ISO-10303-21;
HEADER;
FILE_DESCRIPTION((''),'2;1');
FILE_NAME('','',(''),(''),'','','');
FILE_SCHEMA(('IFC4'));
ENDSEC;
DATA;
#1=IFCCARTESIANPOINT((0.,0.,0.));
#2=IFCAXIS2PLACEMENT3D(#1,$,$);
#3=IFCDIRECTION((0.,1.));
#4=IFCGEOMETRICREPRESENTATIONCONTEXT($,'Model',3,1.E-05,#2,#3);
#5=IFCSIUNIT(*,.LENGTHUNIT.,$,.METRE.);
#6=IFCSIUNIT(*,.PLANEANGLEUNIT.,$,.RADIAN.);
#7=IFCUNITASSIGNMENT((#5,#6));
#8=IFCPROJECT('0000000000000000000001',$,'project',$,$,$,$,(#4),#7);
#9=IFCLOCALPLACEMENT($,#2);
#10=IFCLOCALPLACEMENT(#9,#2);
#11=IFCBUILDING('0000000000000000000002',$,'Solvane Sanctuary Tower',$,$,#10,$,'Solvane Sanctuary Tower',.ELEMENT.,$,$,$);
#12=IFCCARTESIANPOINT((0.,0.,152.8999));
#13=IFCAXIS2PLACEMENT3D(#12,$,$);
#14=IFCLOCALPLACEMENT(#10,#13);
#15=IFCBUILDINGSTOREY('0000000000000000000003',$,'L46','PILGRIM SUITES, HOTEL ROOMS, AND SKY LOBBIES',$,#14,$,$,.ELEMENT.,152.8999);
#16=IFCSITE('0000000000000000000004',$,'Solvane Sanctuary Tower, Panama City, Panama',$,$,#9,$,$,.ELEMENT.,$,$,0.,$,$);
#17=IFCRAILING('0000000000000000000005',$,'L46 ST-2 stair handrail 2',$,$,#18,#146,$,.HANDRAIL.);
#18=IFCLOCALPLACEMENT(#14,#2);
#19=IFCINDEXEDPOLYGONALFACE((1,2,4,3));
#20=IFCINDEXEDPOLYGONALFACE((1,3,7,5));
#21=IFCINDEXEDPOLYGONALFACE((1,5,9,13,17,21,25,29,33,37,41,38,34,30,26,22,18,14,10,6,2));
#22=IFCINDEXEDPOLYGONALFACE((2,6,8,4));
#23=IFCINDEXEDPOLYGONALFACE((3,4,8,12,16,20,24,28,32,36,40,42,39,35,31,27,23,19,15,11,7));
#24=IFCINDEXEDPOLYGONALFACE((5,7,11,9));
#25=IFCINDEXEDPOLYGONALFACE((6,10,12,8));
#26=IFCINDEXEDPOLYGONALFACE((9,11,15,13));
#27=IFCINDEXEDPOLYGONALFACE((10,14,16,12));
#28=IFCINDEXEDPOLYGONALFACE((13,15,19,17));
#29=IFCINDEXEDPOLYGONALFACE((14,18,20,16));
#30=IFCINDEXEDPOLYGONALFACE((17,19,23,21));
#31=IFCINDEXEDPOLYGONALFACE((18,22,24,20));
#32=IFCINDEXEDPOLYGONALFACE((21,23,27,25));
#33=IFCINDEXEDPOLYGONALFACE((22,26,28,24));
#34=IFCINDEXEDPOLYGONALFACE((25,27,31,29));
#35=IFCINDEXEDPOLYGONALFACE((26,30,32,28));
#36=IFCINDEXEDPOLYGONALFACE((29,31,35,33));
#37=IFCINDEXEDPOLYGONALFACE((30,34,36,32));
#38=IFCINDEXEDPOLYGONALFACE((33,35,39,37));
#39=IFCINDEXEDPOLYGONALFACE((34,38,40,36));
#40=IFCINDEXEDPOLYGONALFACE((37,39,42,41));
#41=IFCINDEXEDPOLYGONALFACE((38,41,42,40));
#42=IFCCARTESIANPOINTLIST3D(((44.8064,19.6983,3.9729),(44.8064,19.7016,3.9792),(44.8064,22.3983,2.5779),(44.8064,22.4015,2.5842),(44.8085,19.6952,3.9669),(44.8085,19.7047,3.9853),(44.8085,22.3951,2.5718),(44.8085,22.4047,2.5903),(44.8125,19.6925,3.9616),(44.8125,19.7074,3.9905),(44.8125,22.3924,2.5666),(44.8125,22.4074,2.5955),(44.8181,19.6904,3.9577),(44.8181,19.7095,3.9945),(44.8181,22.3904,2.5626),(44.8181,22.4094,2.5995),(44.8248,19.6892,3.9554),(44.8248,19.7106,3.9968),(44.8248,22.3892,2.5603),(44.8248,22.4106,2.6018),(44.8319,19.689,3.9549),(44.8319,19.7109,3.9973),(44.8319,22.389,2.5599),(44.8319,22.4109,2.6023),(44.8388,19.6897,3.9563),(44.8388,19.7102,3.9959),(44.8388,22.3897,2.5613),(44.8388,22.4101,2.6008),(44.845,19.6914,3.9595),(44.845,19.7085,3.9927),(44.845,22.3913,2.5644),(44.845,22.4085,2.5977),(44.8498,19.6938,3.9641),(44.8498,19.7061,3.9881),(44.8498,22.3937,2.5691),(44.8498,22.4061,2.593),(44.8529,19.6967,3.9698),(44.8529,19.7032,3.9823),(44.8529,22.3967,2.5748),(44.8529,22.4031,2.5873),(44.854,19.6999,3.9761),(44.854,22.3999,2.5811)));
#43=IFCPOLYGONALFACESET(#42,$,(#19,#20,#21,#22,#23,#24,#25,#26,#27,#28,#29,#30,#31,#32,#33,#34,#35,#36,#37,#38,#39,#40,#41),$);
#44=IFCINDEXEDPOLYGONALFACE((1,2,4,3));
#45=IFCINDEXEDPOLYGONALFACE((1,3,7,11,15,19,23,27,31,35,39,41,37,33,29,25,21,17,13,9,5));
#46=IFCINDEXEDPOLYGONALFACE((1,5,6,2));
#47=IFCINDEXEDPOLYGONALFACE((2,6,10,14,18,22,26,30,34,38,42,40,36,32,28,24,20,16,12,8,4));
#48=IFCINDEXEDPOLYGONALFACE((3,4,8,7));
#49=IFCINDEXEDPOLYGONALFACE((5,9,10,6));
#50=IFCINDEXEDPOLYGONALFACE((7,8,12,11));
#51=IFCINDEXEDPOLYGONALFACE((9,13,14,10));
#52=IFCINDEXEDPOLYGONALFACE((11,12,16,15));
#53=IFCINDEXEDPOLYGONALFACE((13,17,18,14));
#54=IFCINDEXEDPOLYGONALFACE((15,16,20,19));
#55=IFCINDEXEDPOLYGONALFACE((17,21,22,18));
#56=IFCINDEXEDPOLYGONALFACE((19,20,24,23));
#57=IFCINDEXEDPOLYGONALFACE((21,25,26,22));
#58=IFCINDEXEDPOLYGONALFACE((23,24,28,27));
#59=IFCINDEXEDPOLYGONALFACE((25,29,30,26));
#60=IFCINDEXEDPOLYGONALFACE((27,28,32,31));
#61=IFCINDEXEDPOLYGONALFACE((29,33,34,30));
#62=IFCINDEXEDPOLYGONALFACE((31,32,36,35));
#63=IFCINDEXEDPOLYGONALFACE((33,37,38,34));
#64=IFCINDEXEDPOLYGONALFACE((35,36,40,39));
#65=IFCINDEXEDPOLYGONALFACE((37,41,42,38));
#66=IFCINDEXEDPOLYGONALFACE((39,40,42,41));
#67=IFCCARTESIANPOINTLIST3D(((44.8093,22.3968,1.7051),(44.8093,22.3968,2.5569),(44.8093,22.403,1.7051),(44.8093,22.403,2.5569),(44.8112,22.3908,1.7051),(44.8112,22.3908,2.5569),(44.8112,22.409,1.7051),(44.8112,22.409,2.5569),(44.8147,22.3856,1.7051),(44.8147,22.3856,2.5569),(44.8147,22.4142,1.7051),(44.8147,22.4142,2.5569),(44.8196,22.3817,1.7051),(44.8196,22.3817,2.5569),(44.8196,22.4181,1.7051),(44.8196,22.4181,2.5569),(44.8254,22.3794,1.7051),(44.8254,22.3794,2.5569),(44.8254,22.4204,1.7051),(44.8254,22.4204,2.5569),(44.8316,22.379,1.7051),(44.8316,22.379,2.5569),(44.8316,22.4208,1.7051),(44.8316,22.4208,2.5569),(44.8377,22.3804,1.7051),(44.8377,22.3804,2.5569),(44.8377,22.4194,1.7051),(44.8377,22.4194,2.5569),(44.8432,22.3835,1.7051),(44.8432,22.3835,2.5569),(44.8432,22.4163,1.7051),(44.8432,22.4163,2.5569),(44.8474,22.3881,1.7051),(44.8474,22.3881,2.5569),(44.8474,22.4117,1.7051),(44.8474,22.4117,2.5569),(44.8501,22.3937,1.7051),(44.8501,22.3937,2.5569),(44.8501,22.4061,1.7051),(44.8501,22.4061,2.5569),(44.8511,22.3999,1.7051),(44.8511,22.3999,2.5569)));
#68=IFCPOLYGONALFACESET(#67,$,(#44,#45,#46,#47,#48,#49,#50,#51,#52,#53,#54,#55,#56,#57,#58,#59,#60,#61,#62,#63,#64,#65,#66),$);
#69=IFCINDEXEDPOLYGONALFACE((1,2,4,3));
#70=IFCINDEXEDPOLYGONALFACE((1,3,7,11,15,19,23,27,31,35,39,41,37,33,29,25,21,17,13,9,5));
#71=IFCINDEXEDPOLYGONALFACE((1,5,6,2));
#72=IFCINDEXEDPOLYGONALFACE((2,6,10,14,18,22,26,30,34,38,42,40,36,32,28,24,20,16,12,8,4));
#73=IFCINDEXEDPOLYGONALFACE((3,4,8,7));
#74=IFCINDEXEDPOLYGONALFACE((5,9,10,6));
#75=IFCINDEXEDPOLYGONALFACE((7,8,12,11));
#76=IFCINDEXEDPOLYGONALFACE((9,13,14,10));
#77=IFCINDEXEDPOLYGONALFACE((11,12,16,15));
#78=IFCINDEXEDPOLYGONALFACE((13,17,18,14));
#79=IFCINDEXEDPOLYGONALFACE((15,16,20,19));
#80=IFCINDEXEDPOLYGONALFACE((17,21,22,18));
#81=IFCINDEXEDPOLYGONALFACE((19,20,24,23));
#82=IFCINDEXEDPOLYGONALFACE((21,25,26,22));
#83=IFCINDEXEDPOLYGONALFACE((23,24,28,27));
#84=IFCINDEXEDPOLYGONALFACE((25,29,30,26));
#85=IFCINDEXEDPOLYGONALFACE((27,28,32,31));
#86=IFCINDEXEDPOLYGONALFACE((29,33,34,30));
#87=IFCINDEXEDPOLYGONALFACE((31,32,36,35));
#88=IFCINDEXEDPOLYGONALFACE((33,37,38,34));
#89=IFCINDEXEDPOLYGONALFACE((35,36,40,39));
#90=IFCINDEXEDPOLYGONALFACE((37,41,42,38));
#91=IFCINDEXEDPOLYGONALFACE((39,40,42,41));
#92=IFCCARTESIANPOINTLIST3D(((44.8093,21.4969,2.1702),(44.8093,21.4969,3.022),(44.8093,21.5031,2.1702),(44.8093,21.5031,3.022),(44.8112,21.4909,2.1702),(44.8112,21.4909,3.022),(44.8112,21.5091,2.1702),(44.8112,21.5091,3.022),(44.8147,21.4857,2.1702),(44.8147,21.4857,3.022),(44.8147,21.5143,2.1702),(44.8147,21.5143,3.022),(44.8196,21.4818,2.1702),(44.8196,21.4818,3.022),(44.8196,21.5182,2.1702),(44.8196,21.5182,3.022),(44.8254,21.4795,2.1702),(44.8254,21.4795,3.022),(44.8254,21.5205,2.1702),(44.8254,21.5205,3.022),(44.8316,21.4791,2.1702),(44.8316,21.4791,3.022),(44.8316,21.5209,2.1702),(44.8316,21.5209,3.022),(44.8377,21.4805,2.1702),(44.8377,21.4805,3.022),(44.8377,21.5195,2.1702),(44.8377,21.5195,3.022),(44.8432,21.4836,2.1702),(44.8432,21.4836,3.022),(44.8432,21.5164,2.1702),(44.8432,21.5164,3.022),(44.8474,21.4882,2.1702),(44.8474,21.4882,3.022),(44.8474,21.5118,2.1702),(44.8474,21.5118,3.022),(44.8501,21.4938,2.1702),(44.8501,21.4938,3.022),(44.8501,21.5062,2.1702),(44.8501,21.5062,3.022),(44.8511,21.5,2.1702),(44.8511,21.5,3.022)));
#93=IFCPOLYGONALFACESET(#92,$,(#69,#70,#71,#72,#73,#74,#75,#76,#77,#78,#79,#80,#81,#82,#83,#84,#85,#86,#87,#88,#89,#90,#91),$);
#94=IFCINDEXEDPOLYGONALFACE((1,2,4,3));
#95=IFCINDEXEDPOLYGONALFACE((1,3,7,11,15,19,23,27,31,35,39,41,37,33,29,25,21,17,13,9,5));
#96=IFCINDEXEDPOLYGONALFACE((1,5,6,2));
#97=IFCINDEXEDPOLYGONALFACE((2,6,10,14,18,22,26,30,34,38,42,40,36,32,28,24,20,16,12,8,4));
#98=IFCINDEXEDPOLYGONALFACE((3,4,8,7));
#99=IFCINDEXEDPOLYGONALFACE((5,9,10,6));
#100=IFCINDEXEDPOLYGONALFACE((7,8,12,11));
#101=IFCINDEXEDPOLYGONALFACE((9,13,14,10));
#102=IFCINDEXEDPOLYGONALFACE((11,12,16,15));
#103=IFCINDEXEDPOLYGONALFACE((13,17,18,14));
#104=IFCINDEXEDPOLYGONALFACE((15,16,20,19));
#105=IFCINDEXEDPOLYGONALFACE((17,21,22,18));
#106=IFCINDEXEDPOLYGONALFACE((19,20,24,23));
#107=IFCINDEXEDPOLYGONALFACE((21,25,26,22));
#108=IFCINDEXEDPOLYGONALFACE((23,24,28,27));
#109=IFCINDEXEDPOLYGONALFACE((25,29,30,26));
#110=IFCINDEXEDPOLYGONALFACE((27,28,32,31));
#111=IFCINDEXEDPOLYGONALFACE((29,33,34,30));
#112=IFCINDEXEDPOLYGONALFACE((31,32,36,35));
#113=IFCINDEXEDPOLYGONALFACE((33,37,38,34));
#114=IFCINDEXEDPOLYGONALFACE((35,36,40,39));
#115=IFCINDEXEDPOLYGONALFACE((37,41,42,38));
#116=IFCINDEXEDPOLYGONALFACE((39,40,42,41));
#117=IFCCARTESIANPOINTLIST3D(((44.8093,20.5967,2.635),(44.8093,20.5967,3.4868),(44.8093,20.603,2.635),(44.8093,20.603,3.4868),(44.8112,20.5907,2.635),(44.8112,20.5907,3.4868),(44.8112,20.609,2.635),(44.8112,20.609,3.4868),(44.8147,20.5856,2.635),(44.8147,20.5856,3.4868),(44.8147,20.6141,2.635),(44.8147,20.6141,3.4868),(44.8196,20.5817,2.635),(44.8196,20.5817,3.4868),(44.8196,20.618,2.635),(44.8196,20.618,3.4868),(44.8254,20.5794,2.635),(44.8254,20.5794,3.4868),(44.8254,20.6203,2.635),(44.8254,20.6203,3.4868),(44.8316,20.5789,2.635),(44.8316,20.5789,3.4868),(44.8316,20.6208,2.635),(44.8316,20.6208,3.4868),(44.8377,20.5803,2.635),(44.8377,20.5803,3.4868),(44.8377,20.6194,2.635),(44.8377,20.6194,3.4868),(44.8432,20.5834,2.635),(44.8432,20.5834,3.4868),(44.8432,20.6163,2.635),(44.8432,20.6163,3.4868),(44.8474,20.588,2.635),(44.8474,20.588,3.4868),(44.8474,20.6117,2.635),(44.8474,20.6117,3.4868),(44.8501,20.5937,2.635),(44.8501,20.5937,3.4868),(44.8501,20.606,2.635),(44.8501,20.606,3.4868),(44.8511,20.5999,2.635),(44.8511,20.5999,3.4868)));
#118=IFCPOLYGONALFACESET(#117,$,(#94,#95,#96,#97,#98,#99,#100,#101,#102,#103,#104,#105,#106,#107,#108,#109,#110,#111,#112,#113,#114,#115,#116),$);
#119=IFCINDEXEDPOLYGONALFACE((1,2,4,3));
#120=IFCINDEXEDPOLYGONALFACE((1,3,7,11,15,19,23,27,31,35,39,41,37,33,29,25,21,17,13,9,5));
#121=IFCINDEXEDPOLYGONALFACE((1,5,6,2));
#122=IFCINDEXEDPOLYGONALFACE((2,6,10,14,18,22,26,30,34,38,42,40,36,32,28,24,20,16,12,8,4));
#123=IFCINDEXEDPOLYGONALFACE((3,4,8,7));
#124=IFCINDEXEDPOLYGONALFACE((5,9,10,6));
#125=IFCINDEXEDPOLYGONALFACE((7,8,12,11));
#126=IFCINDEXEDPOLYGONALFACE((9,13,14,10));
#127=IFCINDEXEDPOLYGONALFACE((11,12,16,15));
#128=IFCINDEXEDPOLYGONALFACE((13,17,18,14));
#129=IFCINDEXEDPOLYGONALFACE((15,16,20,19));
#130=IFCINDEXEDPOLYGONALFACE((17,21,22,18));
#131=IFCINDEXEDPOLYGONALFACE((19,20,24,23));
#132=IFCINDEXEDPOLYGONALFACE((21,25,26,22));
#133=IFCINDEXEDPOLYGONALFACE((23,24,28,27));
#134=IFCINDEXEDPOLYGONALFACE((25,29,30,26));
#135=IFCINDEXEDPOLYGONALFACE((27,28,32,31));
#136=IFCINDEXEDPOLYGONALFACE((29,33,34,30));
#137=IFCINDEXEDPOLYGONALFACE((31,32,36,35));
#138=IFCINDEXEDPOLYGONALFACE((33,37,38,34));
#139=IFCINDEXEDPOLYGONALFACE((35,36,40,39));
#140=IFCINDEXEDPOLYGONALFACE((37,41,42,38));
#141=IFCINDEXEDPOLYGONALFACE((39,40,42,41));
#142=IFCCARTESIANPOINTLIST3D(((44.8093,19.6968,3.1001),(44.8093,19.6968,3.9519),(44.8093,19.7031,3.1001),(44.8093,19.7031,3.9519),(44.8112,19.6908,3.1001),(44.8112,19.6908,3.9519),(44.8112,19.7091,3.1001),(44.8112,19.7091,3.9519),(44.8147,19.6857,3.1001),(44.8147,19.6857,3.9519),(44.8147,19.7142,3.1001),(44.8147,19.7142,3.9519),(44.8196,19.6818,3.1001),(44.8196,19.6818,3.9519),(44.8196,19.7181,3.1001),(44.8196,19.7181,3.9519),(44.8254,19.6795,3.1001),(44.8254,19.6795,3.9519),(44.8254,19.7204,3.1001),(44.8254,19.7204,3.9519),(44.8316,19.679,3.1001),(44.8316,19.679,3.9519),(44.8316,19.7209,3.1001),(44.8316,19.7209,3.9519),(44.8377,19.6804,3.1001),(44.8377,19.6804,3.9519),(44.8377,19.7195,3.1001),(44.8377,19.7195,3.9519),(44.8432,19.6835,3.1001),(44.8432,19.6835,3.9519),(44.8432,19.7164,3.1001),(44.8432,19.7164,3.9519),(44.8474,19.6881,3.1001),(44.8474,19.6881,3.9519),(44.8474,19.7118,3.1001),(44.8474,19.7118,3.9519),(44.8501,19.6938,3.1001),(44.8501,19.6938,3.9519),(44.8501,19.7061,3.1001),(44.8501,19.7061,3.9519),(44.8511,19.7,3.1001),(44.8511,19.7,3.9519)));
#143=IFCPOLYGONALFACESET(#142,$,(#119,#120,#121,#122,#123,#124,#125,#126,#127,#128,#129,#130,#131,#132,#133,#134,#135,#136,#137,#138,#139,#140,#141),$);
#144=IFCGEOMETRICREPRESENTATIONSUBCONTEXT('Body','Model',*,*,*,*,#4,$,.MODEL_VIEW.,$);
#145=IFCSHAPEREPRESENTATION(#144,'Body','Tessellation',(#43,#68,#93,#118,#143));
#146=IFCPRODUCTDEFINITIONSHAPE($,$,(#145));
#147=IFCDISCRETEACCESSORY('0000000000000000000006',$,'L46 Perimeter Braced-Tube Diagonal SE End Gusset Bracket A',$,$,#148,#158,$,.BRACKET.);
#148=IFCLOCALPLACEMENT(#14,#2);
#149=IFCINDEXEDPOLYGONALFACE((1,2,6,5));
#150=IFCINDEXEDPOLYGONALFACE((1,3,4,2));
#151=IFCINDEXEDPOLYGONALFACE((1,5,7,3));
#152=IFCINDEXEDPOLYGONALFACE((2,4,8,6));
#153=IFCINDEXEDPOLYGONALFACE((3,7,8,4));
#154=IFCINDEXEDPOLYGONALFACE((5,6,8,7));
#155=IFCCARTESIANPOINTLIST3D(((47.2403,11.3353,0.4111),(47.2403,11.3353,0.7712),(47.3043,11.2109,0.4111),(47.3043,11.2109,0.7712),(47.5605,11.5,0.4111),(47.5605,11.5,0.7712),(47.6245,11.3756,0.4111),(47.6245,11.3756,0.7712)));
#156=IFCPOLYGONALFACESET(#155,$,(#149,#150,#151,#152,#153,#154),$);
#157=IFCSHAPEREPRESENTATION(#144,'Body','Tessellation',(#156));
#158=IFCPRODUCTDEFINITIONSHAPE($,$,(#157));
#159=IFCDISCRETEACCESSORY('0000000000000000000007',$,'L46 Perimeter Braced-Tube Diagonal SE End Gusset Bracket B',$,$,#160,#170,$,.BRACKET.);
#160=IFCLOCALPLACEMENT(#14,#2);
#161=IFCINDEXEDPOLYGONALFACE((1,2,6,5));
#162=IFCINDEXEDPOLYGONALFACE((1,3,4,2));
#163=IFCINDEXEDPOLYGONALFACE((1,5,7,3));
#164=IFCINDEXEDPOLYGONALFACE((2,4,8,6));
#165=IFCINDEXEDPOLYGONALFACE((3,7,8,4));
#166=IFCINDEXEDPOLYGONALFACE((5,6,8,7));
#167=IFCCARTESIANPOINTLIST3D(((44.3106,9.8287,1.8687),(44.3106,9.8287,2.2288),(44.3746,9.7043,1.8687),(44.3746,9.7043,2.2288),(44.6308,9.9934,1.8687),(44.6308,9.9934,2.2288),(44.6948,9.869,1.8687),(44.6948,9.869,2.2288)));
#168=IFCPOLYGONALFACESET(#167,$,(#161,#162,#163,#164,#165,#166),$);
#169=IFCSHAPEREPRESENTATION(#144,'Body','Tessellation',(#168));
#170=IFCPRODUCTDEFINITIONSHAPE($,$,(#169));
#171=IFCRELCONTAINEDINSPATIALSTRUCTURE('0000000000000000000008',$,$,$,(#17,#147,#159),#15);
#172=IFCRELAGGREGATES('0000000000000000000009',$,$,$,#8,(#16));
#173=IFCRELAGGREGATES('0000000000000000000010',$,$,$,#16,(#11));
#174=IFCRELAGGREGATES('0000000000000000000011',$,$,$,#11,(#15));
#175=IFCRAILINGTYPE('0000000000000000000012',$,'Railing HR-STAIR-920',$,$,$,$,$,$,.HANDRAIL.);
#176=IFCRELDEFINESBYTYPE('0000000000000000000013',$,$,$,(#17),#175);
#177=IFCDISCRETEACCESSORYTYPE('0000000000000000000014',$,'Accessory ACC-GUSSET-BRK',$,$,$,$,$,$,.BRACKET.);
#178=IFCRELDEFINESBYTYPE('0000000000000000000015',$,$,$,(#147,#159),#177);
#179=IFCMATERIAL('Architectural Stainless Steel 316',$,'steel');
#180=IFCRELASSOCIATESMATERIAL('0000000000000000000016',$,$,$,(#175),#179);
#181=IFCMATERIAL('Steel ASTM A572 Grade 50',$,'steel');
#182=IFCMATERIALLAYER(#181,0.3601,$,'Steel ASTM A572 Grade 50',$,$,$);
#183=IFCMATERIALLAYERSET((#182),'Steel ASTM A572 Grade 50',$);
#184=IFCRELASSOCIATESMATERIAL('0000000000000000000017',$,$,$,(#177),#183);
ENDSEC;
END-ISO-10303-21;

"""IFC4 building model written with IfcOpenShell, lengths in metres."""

from ifc_helpers import new_model, si_unit, direction, frame, origin, origin_2d, place, context, subcontext, project, spatial, rectangle, circle, extrude, material, layer, layer_set, type_object, element, save


model = new_model("IFC4")

# Units and contexts
model_context = context("Model", 3, precision=1e-05, world=origin(), true_north=direction((0.0, 1.0)))
body_context = subcontext(model_context, "Body", "Model", "MODEL_VIEW")
ifc_project = project(units=[si_unit("LENGTHUNIT", "METRE"), si_unit("PLANEANGLEUNIT", "RADIAN")], contexts=[model_context])

# Site, building, storey
site_placement = place(None, origin())
site = spatial("IfcSite", under=ifc_project, at=site_placement, Name="Solvane Sanctuary Tower, Panama City, Panama", CompositionType="ELEMENT", RefElevation=0.0)
building_placement = place(site_placement, origin())
building = spatial("IfcBuilding", under=site, at=building_placement, Name="Solvane Sanctuary Tower", LongName="Solvane Sanctuary Tower", CompositionType="ELEMENT")
storey_placement = place(building_placement, frame((0.0, 0.0, 152.8999)))
storey = spatial("IfcBuildingStorey", under=building, at=storey_placement, Name="L46", Description="PILGRIM SUITES, HOTEL ROOMS, AND SKY LOBBIES", CompositionType="ELEMENT", Elevation=152.8999)

# Shared definitions
ifc_material_1 = material(Name="Architectural Stainless Steel 316", Category="steel")

# Railing
railing_type_1 = type_object("IfcRailingType", Name="Railing HR-STAIR-920", PredefinedType="HANDRAIL", material=ifc_material_1)
railing_1_placement = place(storey_placement, frame((44.8301, 22.3999, 1.7051)))
element("IfcRailing", 1, at=railing_1_placement, inside=storey, type_object=railing_type_1, Name="L46 ST-2 stair handrail 2", PredefinedType="HANDRAIL", context=body_context, shape_type="SweptSolid", body=[
    extrude(circle(Radius=0.0239, at=origin_2d()), frame((0.0, 0.0, 0.876), z_axis=(0.0, -0.88842, 0.459032), x_axis=(1.0, 0.0, 0.0)), (0.0, 0.0, 1.0), 3.0391),
    extrude(circle(Radius=0.021, at=origin_2d()), origin(), (0.0, 0.0, 1.0), 0.8518),
    extrude(circle(Radius=0.021, at=origin_2d()), frame((0.0, -0.8999, 0.4651)), (0.0, 0.0, 1.0), 0.8518),
    extrude(circle(Radius=0.021, at=origin_2d()), frame((0.0, -1.8, 0.9299)), (0.0, 0.0, 1.0), 0.8518),
    extrude(circle(Radius=0.021, at=origin_2d()), frame((0.0, -2.7, 1.395)), (0.0, 0.0, 1.0), 0.8518),
])

# Discrete accessories
ifc_material_2 = material(Name="Steel ASTM A572 Grade 50", Category="steel")
ifc_layer_1 = layer(ifc_material_2, 0.3601, Name="Steel ASTM A572 Grade 50")
ifc_layer_set_1 = layer_set([ifc_layer_1], Name="Steel ASTM A572 Grade 50")
discrete_accessory_type = type_object("IfcDiscreteAccessoryType", Name="Accessory ACC-GUSSET-BRK", PredefinedType="BRACKET", material=ifc_layer_set_1)
for number, where, z_axis, x_axis, name in (
    (2, (47.4324, 11.3555, 0.4111), (0.0, 0.0, 1.0), (-0.889257, -0.457408, 0.0), "L46 Perimeter Braced-Tube Diagonal SE End Gusset Bracket A"),
    (3, (44.5027, 9.8489, 1.8687), (0.0, 0.0, 1.0), (-0.889257, -0.457408, 0.0), "L46 Perimeter Braced-Tube Diagonal SE End Gusset Bracket B"),
):
    element("IfcDiscreteAccessory", number, at=place(storey_placement, frame(where, z_axis=z_axis, x_axis=x_axis)), inside=storey, type_object=discrete_accessory_type, Name=name, PredefinedType="BRACKET", context=body_context, shape_type="SweptSolid", body=[
        extrude(rectangle(XDim=0.3601, YDim=0.1399, at=origin_2d()), origin(), (0.0, 0.0, 1.0), 0.3601),
    ])

save(model, "model.ifc")
